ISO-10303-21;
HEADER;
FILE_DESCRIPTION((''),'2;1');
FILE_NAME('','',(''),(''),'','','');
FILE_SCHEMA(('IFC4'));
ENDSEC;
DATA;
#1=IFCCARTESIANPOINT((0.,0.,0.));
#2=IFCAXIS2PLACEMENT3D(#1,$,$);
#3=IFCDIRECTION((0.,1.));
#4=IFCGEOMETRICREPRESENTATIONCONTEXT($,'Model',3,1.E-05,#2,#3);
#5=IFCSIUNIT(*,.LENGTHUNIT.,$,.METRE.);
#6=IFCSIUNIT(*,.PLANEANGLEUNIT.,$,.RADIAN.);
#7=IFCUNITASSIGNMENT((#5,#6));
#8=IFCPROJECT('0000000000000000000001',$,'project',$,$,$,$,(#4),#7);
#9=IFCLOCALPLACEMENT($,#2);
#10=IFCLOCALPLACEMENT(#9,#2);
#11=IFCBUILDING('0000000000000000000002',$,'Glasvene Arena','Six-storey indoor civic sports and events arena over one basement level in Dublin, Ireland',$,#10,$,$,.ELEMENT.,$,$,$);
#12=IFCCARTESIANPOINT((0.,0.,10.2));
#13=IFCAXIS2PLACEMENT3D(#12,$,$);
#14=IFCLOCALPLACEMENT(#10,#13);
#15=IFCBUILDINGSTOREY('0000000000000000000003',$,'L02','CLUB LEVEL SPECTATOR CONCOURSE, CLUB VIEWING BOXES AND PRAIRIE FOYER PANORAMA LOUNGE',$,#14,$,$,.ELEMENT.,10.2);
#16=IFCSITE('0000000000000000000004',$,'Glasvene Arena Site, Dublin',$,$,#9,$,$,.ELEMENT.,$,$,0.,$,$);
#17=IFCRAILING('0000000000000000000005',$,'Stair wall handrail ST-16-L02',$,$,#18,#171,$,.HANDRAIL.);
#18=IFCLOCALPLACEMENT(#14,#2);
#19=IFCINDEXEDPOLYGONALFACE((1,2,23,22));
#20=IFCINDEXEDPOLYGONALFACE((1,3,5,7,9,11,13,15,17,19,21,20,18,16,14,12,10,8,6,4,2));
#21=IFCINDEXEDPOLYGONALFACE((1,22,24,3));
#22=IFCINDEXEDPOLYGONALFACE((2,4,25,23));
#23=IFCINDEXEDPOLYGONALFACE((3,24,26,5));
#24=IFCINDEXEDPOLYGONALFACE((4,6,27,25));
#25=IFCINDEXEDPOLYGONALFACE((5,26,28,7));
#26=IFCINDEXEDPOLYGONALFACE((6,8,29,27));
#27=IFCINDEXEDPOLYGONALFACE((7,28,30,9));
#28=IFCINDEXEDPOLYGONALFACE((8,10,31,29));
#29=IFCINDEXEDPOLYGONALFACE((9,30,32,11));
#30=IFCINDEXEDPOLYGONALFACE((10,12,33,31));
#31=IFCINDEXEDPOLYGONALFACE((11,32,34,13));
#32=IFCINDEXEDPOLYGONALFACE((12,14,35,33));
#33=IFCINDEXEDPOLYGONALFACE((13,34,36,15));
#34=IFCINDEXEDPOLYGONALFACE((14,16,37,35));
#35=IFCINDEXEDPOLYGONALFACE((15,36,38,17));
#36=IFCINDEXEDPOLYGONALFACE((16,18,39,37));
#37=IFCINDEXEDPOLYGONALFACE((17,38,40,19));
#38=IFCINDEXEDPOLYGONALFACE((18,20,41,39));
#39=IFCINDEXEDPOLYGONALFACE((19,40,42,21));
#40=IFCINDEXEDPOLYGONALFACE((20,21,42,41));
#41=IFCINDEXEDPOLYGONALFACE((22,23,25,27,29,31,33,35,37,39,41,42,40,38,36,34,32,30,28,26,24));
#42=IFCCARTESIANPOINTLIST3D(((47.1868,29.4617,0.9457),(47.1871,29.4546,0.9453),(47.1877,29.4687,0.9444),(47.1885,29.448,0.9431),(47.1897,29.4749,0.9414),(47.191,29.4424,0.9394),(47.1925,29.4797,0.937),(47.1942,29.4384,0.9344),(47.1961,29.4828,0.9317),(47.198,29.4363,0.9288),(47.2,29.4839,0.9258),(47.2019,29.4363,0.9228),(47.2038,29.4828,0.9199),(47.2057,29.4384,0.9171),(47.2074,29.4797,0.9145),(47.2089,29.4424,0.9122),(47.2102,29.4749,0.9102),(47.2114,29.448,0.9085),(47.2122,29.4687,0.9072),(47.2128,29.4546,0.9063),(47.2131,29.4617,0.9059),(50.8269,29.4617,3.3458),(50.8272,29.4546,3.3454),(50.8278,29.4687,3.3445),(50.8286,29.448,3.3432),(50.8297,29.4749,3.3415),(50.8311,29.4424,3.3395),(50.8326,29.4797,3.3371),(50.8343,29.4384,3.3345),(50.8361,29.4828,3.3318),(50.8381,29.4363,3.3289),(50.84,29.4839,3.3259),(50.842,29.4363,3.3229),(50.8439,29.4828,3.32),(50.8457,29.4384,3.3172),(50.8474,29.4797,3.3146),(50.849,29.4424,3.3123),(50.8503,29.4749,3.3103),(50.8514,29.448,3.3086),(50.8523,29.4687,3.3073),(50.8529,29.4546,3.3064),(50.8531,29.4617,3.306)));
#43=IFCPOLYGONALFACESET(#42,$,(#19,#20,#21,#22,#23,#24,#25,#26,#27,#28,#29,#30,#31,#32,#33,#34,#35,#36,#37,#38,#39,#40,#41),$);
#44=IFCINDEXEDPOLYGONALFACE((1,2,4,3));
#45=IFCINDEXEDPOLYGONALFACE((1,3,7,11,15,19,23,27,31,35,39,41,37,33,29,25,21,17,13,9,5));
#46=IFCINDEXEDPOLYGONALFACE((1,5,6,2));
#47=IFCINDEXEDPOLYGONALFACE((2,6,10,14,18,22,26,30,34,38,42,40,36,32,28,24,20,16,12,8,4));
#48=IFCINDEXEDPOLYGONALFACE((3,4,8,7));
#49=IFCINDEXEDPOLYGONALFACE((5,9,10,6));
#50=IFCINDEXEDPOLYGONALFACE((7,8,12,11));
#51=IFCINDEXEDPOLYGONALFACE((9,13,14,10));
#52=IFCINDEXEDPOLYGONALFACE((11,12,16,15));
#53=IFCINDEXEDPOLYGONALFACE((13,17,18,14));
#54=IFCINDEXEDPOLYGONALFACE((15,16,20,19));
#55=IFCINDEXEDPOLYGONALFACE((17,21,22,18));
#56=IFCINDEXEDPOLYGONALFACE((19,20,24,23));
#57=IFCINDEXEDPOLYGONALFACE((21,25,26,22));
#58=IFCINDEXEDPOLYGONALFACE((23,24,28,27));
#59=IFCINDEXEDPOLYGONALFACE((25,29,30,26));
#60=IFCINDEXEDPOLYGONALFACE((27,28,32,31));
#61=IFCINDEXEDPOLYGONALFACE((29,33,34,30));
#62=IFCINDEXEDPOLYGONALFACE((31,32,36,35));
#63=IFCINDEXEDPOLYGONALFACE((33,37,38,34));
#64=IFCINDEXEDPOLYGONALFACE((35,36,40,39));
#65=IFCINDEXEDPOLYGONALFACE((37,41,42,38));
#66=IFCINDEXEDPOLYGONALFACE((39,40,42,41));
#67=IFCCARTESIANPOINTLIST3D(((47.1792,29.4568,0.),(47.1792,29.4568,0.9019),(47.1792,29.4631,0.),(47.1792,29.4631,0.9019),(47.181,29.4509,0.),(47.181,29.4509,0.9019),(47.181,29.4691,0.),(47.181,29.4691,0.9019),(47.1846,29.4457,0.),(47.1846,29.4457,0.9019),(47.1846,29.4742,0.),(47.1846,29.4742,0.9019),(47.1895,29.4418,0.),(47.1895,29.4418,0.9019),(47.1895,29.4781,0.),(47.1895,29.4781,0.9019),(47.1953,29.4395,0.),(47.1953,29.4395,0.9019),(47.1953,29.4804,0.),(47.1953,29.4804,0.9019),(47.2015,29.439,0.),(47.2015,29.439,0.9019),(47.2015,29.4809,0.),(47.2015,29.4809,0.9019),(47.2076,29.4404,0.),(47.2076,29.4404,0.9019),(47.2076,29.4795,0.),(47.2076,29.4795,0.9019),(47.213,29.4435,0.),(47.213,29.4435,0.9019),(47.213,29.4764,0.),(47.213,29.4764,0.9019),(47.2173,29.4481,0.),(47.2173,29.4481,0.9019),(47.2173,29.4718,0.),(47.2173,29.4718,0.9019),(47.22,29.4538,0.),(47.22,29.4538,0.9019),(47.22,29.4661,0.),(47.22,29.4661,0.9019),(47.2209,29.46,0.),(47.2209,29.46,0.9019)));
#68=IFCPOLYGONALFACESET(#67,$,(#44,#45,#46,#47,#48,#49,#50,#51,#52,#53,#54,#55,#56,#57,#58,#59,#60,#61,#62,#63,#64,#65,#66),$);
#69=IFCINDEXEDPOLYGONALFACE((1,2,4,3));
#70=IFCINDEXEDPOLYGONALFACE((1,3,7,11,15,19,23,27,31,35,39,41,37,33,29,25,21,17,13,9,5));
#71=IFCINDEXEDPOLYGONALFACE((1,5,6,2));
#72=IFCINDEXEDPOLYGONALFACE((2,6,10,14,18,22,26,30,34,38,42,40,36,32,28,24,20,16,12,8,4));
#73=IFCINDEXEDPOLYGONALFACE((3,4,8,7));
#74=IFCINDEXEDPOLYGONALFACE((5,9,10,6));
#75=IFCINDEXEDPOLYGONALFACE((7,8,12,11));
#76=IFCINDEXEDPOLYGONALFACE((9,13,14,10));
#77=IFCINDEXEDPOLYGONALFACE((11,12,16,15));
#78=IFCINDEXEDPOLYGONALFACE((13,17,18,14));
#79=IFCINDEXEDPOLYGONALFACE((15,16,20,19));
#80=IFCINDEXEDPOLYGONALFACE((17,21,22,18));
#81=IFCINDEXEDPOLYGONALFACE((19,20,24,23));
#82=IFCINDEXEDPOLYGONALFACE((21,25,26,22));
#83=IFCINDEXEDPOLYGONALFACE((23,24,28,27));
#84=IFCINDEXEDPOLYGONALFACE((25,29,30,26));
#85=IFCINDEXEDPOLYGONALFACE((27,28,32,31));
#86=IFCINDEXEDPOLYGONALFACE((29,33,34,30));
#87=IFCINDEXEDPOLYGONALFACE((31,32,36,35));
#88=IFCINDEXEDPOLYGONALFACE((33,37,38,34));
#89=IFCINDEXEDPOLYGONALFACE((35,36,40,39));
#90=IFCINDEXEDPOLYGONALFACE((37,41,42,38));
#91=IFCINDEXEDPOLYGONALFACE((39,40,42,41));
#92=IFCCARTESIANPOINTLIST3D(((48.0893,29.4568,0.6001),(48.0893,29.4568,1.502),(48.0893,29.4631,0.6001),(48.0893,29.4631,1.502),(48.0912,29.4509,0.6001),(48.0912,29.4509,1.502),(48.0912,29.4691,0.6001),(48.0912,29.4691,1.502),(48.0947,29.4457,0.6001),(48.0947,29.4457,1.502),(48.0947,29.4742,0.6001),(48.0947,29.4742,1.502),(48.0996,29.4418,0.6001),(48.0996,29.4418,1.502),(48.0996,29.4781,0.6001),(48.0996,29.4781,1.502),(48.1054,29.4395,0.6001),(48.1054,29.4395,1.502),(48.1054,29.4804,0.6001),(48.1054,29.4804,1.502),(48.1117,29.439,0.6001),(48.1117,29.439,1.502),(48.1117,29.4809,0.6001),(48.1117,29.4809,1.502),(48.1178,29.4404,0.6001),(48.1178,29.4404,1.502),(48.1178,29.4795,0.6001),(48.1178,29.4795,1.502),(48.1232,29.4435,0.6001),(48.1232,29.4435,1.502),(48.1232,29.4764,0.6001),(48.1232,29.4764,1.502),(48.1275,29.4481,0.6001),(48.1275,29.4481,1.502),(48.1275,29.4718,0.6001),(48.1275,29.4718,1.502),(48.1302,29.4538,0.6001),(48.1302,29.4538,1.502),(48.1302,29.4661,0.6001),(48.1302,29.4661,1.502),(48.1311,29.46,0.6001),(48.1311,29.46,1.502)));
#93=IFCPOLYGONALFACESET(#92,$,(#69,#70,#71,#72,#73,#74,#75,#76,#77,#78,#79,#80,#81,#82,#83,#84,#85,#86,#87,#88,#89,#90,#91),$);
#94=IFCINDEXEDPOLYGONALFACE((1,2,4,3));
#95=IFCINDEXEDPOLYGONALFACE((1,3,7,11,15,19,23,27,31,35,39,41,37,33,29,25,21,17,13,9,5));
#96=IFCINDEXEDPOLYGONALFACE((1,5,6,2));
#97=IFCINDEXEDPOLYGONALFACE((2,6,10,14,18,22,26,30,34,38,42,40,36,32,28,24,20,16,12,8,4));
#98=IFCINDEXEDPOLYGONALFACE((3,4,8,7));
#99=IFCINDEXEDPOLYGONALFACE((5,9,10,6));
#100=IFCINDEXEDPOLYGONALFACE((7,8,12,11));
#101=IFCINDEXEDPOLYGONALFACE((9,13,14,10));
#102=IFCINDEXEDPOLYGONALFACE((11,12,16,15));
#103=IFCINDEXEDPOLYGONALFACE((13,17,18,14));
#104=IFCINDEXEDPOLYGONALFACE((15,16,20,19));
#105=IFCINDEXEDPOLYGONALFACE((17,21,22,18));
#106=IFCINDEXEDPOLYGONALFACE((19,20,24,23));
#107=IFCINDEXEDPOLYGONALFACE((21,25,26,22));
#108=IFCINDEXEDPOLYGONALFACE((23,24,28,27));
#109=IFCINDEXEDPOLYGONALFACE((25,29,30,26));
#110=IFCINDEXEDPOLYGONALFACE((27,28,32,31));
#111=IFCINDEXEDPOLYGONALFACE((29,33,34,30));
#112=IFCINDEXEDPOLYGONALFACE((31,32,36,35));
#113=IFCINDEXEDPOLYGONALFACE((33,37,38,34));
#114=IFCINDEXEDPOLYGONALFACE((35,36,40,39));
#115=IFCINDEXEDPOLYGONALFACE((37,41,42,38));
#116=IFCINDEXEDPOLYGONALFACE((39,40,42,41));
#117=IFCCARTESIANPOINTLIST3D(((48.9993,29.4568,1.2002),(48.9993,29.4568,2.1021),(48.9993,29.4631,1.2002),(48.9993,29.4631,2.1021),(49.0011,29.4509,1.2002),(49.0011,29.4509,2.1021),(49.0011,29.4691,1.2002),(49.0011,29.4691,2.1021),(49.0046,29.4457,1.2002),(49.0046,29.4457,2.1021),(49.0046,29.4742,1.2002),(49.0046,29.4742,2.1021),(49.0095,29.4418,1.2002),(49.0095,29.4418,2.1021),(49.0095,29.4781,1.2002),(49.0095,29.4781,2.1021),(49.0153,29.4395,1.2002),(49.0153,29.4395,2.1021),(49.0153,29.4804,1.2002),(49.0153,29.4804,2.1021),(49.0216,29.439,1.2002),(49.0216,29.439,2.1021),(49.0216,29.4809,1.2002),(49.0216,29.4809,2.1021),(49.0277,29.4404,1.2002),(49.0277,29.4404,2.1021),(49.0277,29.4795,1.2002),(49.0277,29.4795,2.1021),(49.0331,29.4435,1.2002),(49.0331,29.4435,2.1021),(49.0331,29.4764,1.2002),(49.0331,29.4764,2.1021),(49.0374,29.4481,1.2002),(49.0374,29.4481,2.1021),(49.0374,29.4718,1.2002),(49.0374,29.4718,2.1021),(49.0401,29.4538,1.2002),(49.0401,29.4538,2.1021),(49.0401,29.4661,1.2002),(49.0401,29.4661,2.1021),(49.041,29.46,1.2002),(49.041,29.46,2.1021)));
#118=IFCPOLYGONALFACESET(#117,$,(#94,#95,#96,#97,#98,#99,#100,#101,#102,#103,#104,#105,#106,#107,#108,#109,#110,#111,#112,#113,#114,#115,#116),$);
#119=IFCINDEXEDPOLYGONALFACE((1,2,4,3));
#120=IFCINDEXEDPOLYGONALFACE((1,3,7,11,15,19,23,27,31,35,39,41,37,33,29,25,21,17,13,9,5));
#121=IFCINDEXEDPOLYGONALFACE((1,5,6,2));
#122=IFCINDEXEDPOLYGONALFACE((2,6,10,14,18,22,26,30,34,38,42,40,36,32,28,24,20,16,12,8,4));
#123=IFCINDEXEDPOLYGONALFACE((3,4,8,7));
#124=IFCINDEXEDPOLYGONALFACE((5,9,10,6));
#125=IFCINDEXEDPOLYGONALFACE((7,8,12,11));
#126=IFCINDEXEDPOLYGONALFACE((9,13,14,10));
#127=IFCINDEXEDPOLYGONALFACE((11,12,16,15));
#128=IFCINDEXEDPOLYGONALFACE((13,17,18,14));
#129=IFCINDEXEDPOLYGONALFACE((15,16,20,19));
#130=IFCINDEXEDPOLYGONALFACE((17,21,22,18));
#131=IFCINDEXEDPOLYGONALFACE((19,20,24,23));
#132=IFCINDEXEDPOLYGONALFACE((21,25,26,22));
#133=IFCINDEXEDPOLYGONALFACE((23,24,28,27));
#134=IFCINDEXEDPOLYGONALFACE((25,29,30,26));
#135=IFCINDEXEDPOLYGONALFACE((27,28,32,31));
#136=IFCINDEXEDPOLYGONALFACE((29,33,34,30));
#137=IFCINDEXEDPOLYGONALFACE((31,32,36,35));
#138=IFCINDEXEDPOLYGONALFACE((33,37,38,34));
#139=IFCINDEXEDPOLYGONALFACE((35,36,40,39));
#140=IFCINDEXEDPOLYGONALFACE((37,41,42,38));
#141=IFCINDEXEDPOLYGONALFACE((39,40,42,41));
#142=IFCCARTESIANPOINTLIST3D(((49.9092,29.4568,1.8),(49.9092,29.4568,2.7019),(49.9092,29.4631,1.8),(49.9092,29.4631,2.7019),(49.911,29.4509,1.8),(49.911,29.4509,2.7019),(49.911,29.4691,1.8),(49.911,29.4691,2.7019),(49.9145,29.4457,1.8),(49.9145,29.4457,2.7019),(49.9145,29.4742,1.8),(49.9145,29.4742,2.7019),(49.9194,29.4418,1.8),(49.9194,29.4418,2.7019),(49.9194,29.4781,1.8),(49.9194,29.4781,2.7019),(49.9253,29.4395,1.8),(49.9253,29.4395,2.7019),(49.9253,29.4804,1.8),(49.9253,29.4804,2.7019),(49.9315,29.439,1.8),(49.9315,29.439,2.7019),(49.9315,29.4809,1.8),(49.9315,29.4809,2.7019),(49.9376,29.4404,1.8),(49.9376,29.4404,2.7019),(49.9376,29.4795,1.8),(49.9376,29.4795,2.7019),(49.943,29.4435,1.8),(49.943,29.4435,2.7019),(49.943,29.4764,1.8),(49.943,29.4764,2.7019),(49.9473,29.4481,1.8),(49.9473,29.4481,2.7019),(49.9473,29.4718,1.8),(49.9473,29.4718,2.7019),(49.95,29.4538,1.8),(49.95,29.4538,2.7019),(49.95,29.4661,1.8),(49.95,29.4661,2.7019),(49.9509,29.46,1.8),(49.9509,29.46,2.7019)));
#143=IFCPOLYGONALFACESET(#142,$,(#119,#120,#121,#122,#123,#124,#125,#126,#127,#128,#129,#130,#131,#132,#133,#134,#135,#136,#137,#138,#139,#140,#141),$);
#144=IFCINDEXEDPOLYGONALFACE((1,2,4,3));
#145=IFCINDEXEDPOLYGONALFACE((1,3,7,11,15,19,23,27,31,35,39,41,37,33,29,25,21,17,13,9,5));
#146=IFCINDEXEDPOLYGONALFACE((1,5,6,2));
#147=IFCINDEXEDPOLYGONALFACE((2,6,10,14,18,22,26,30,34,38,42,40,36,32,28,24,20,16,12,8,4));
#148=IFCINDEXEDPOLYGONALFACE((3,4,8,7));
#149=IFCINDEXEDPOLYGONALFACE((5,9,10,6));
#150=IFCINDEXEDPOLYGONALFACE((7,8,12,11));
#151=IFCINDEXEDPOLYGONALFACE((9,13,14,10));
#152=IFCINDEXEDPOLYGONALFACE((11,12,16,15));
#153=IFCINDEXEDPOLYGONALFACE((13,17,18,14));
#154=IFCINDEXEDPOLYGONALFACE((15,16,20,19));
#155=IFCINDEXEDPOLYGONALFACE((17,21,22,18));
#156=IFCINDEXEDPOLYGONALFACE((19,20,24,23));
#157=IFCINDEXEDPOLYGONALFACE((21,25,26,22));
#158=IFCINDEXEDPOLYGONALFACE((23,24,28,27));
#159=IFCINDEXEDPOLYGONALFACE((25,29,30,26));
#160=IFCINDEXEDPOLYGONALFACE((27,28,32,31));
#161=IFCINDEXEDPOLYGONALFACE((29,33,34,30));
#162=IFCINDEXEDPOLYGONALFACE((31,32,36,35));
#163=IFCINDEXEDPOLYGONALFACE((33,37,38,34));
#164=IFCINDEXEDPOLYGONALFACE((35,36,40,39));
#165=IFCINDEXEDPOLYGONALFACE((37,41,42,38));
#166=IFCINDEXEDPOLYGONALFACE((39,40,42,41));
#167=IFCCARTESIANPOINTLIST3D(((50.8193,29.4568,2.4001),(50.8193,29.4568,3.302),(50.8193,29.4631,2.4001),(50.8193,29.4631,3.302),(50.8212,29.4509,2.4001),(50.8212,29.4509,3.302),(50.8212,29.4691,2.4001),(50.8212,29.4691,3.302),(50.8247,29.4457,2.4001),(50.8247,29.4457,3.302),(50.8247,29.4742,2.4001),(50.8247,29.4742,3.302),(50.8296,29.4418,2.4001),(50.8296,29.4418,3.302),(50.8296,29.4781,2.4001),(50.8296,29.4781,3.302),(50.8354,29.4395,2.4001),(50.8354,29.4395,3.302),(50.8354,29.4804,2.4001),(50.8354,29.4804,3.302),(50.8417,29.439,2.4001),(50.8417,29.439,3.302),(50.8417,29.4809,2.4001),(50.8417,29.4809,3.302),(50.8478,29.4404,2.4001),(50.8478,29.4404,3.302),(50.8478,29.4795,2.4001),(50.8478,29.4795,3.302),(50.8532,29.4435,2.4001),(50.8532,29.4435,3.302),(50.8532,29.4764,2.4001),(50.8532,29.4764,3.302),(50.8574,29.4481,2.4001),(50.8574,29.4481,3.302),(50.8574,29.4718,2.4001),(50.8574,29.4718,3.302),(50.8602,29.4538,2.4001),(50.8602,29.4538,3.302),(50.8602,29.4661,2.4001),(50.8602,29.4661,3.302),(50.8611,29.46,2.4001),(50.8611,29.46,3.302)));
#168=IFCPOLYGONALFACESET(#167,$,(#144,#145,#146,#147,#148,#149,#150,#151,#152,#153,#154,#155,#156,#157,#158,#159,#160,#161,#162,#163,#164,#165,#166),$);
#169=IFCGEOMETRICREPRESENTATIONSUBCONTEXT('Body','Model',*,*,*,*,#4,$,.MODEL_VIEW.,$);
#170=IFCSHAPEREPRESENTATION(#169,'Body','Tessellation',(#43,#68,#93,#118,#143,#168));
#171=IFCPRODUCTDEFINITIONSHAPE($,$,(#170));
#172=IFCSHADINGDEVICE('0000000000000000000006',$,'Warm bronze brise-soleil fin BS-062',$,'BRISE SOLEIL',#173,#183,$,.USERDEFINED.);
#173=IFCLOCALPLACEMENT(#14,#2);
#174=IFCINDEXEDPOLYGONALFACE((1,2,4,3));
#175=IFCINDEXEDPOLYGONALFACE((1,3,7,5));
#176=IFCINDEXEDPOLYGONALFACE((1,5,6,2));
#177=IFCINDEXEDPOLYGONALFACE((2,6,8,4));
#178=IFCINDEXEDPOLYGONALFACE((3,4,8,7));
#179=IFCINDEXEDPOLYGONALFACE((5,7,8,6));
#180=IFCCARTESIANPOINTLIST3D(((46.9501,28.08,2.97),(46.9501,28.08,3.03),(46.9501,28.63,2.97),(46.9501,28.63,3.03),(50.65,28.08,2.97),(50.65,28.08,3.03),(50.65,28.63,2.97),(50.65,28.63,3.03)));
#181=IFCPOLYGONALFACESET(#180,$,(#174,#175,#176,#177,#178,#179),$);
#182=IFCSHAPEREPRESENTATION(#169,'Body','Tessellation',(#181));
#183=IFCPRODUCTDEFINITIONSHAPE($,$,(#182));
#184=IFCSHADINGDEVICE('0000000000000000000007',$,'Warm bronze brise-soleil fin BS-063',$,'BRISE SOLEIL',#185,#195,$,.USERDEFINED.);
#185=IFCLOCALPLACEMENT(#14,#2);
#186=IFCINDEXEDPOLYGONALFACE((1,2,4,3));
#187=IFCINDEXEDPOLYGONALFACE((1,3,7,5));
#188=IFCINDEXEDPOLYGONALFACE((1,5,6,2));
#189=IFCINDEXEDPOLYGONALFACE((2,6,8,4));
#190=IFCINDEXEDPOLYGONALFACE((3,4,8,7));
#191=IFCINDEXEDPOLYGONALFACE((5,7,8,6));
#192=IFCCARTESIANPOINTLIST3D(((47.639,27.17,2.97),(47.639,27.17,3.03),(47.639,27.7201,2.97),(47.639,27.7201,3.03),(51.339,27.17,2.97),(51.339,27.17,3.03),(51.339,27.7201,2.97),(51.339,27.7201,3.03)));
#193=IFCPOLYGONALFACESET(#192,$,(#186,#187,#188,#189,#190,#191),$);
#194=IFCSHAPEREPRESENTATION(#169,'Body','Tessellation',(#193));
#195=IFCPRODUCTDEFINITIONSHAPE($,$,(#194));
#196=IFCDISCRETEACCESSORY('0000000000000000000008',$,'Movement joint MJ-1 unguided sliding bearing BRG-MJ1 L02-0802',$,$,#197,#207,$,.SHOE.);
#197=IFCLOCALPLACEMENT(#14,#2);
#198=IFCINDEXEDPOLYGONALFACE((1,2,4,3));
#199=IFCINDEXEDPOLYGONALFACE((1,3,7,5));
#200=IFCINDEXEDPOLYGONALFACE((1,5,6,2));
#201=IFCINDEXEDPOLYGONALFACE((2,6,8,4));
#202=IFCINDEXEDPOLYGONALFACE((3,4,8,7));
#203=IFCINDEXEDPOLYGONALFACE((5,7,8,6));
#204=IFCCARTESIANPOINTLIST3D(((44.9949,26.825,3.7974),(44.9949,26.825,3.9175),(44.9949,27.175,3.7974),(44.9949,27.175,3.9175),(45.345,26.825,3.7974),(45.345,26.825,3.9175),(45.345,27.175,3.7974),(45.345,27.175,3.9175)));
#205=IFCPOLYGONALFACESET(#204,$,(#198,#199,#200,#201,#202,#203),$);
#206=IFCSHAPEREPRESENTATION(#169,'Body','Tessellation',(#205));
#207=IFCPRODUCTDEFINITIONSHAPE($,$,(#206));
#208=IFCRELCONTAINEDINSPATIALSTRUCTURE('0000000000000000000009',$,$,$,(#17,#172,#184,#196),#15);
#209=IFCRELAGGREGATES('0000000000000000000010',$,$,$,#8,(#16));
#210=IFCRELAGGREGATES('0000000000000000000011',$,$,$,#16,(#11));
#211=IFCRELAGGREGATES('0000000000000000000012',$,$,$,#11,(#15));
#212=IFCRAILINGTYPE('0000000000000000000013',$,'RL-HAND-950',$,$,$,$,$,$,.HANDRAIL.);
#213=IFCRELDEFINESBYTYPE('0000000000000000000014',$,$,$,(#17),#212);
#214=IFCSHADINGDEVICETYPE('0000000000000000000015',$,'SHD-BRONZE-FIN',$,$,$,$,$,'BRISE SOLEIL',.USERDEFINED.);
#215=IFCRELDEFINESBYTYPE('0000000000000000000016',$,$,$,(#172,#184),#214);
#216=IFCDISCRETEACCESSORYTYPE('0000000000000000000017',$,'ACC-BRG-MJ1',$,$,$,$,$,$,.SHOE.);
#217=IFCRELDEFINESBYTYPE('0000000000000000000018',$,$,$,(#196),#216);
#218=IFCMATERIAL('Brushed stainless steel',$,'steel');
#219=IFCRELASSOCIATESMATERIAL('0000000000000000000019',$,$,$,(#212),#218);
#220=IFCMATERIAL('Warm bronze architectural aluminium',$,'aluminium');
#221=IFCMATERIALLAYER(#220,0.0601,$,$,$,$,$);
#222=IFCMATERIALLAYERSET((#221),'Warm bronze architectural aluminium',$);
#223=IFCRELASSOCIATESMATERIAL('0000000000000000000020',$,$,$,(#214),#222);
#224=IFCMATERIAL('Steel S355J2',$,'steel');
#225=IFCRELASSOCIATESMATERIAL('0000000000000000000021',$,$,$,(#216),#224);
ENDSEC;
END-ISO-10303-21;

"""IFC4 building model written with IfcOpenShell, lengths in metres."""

from ifc_helpers import new_model, si_unit, direction, frame, origin, origin_2d, place, context, subcontext, project, spatial, rectangle, circle, extrude, material, layer, layer_set, type_object, element, save


model = new_model("IFC4")

# Units and contexts
model_context = context("Model", 3, precision=1e-05, world=origin(), true_north=direction((0.0, 1.0)))
body_context = subcontext(model_context, "Body", "Model", "MODEL_VIEW")
ifc_project = project(units=[si_unit("LENGTHUNIT", "METRE"), si_unit("PLANEANGLEUNIT", "RADIAN")], contexts=[model_context])

# Site, building, storey
site_placement = place(None, origin())
site = spatial("IfcSite", under=ifc_project, at=site_placement, Name="Glasvene Arena Site, Dublin", CompositionType="ELEMENT", RefElevation=0.0)
building_placement = place(site_placement, origin())
building = spatial("IfcBuilding", under=site, at=building_placement, Name="Glasvene Arena", Description="Six-storey indoor civic sports and events arena over one basement level in Dublin, Ireland", CompositionType="ELEMENT")
storey_placement = place(building_placement, frame((0.0, 0.0, 10.2)))
storey = spatial("IfcBuildingStorey", under=building, at=storey_placement, Name="L02", Description="CLUB LEVEL SPECTATOR CONCOURSE, CLUB VIEWING BOXES AND PRAIRIE FOYER PANORAMA LOUNGE", CompositionType="ELEMENT", Elevation=10.2)

# Shared definitions
ifc_material_1 = material(Name="Steel S355J2", Category="steel")

# Railing
ifc_material_2 = material(Name="Brushed stainless steel", Category="steel")
railing_type_1 = type_object("IfcRailingType", Name="RL-HAND-950", PredefinedType="HANDRAIL", material=ifc_material_2)
for number, where, name in (
    (1, (47.2, 29.46, 0.0), "Stair wall handrail ST-16-L02"),
):
    element("IfcRailing", number, at=place(storey_placement, frame(where)), inside=storey, type_object=railing_type_1, Name=name, PredefinedType="HANDRAIL", context=body_context, shape_type="SweptSolid", body=[
        extrude(circle(Radius=0.0239, at=origin_2d()), frame((0.0, 0.0, 0.9258), z_axis=(0.834856, 0.0, 0.550468), x_axis=(0.0, 1.0, 0.0)), (0.0, 0.0, 1.0), 4.3601),
        extrude(circle(Radius=0.021, at=origin_2d()), origin(), (0.0, 0.0, 1.0), 0.9019),
        extrude(circle(Radius=0.021, at=origin_2d()), frame((0.9102, 0.0, 0.6001)), (0.0, 0.0, 1.0), 0.9019),
        extrude(circle(Radius=0.021, at=origin_2d()), frame((1.8201, 0.0, 1.2002)), (0.0, 0.0, 1.0), 0.9019),
        extrude(circle(Radius=0.021, at=origin_2d()), frame((2.73, 0.0, 1.8)), (0.0, 0.0, 1.0), 0.9019),
        extrude(circle(Radius=0.021, at=origin_2d()), frame((3.6401, 0.0, 2.4001)), (0.0, 0.0, 1.0), 0.9019),
    ])

# Shading devices
ifc_material_3 = material(Name="Warm bronze architectural aluminium", Category="aluminium")
ifc_layer_1 = layer(ifc_material_3, 0.0601)
ifc_layer_set_1 = layer_set([ifc_layer_1], Name="Warm bronze architectural aluminium")
shading_device_type = type_object("IfcShadingDeviceType", Name="SHD-BRONZE-FIN", ElementType="BRISE SOLEIL", PredefinedType="USERDEFINED", material=ifc_layer_set_1)
for number, where, z_axis, x_axis, name in (
    (2, (48.8, 28.355, 2.97), (0.0, 0.0, 1.0), (-1.0, 0.0, 0.0), "Warm bronze brise-soleil fin BS-062"),
    (3, (49.489, 27.4451, 2.97), (0.0, 0.0, 1.0), (1.0, 0.0, 0.0), "Warm bronze brise-soleil fin BS-063"),
):
    element("IfcShadingDevice", number, at=place(storey_placement, frame(where, z_axis=z_axis, x_axis=x_axis)), inside=storey, type_object=shading_device_type, Name=name, ObjectType="BRISE SOLEIL", PredefinedType="USERDEFINED", context=body_context, shape_type="SweptSolid", body=[
        extrude(rectangle(XDim=3.7, YDim=0.55, at=origin_2d()), origin(), (0.0, 0.0, 1.0), 0.0601),
    ])

# Discrete accessory
discrete_accessory_type_1 = type_object("IfcDiscreteAccessoryType", Name="ACC-BRG-MJ1", PredefinedType="SHOE", material=ifc_material_1)
discrete_accessory_1_placement = place(storey_placement, frame((45.1699, 27.0, 3.7974), z_axis=(0.0, 0.0, 1.0), x_axis=(1.0, 0.0, 0.0)))
element("IfcDiscreteAccessory", 4, at=discrete_accessory_1_placement, inside=storey, type_object=discrete_accessory_type_1, Name="Movement joint MJ-1 unguided sliding bearing BRG-MJ1 L02-0802", PredefinedType="SHOE", context=body_context, shape_type="SweptSolid", body=[
    extrude(rectangle(XDim=0.3501, YDim=0.3501, at=origin_2d()), origin(), (0.0, 0.0, 1.0), 0.1201),
])

save(model, "model.ifc")
